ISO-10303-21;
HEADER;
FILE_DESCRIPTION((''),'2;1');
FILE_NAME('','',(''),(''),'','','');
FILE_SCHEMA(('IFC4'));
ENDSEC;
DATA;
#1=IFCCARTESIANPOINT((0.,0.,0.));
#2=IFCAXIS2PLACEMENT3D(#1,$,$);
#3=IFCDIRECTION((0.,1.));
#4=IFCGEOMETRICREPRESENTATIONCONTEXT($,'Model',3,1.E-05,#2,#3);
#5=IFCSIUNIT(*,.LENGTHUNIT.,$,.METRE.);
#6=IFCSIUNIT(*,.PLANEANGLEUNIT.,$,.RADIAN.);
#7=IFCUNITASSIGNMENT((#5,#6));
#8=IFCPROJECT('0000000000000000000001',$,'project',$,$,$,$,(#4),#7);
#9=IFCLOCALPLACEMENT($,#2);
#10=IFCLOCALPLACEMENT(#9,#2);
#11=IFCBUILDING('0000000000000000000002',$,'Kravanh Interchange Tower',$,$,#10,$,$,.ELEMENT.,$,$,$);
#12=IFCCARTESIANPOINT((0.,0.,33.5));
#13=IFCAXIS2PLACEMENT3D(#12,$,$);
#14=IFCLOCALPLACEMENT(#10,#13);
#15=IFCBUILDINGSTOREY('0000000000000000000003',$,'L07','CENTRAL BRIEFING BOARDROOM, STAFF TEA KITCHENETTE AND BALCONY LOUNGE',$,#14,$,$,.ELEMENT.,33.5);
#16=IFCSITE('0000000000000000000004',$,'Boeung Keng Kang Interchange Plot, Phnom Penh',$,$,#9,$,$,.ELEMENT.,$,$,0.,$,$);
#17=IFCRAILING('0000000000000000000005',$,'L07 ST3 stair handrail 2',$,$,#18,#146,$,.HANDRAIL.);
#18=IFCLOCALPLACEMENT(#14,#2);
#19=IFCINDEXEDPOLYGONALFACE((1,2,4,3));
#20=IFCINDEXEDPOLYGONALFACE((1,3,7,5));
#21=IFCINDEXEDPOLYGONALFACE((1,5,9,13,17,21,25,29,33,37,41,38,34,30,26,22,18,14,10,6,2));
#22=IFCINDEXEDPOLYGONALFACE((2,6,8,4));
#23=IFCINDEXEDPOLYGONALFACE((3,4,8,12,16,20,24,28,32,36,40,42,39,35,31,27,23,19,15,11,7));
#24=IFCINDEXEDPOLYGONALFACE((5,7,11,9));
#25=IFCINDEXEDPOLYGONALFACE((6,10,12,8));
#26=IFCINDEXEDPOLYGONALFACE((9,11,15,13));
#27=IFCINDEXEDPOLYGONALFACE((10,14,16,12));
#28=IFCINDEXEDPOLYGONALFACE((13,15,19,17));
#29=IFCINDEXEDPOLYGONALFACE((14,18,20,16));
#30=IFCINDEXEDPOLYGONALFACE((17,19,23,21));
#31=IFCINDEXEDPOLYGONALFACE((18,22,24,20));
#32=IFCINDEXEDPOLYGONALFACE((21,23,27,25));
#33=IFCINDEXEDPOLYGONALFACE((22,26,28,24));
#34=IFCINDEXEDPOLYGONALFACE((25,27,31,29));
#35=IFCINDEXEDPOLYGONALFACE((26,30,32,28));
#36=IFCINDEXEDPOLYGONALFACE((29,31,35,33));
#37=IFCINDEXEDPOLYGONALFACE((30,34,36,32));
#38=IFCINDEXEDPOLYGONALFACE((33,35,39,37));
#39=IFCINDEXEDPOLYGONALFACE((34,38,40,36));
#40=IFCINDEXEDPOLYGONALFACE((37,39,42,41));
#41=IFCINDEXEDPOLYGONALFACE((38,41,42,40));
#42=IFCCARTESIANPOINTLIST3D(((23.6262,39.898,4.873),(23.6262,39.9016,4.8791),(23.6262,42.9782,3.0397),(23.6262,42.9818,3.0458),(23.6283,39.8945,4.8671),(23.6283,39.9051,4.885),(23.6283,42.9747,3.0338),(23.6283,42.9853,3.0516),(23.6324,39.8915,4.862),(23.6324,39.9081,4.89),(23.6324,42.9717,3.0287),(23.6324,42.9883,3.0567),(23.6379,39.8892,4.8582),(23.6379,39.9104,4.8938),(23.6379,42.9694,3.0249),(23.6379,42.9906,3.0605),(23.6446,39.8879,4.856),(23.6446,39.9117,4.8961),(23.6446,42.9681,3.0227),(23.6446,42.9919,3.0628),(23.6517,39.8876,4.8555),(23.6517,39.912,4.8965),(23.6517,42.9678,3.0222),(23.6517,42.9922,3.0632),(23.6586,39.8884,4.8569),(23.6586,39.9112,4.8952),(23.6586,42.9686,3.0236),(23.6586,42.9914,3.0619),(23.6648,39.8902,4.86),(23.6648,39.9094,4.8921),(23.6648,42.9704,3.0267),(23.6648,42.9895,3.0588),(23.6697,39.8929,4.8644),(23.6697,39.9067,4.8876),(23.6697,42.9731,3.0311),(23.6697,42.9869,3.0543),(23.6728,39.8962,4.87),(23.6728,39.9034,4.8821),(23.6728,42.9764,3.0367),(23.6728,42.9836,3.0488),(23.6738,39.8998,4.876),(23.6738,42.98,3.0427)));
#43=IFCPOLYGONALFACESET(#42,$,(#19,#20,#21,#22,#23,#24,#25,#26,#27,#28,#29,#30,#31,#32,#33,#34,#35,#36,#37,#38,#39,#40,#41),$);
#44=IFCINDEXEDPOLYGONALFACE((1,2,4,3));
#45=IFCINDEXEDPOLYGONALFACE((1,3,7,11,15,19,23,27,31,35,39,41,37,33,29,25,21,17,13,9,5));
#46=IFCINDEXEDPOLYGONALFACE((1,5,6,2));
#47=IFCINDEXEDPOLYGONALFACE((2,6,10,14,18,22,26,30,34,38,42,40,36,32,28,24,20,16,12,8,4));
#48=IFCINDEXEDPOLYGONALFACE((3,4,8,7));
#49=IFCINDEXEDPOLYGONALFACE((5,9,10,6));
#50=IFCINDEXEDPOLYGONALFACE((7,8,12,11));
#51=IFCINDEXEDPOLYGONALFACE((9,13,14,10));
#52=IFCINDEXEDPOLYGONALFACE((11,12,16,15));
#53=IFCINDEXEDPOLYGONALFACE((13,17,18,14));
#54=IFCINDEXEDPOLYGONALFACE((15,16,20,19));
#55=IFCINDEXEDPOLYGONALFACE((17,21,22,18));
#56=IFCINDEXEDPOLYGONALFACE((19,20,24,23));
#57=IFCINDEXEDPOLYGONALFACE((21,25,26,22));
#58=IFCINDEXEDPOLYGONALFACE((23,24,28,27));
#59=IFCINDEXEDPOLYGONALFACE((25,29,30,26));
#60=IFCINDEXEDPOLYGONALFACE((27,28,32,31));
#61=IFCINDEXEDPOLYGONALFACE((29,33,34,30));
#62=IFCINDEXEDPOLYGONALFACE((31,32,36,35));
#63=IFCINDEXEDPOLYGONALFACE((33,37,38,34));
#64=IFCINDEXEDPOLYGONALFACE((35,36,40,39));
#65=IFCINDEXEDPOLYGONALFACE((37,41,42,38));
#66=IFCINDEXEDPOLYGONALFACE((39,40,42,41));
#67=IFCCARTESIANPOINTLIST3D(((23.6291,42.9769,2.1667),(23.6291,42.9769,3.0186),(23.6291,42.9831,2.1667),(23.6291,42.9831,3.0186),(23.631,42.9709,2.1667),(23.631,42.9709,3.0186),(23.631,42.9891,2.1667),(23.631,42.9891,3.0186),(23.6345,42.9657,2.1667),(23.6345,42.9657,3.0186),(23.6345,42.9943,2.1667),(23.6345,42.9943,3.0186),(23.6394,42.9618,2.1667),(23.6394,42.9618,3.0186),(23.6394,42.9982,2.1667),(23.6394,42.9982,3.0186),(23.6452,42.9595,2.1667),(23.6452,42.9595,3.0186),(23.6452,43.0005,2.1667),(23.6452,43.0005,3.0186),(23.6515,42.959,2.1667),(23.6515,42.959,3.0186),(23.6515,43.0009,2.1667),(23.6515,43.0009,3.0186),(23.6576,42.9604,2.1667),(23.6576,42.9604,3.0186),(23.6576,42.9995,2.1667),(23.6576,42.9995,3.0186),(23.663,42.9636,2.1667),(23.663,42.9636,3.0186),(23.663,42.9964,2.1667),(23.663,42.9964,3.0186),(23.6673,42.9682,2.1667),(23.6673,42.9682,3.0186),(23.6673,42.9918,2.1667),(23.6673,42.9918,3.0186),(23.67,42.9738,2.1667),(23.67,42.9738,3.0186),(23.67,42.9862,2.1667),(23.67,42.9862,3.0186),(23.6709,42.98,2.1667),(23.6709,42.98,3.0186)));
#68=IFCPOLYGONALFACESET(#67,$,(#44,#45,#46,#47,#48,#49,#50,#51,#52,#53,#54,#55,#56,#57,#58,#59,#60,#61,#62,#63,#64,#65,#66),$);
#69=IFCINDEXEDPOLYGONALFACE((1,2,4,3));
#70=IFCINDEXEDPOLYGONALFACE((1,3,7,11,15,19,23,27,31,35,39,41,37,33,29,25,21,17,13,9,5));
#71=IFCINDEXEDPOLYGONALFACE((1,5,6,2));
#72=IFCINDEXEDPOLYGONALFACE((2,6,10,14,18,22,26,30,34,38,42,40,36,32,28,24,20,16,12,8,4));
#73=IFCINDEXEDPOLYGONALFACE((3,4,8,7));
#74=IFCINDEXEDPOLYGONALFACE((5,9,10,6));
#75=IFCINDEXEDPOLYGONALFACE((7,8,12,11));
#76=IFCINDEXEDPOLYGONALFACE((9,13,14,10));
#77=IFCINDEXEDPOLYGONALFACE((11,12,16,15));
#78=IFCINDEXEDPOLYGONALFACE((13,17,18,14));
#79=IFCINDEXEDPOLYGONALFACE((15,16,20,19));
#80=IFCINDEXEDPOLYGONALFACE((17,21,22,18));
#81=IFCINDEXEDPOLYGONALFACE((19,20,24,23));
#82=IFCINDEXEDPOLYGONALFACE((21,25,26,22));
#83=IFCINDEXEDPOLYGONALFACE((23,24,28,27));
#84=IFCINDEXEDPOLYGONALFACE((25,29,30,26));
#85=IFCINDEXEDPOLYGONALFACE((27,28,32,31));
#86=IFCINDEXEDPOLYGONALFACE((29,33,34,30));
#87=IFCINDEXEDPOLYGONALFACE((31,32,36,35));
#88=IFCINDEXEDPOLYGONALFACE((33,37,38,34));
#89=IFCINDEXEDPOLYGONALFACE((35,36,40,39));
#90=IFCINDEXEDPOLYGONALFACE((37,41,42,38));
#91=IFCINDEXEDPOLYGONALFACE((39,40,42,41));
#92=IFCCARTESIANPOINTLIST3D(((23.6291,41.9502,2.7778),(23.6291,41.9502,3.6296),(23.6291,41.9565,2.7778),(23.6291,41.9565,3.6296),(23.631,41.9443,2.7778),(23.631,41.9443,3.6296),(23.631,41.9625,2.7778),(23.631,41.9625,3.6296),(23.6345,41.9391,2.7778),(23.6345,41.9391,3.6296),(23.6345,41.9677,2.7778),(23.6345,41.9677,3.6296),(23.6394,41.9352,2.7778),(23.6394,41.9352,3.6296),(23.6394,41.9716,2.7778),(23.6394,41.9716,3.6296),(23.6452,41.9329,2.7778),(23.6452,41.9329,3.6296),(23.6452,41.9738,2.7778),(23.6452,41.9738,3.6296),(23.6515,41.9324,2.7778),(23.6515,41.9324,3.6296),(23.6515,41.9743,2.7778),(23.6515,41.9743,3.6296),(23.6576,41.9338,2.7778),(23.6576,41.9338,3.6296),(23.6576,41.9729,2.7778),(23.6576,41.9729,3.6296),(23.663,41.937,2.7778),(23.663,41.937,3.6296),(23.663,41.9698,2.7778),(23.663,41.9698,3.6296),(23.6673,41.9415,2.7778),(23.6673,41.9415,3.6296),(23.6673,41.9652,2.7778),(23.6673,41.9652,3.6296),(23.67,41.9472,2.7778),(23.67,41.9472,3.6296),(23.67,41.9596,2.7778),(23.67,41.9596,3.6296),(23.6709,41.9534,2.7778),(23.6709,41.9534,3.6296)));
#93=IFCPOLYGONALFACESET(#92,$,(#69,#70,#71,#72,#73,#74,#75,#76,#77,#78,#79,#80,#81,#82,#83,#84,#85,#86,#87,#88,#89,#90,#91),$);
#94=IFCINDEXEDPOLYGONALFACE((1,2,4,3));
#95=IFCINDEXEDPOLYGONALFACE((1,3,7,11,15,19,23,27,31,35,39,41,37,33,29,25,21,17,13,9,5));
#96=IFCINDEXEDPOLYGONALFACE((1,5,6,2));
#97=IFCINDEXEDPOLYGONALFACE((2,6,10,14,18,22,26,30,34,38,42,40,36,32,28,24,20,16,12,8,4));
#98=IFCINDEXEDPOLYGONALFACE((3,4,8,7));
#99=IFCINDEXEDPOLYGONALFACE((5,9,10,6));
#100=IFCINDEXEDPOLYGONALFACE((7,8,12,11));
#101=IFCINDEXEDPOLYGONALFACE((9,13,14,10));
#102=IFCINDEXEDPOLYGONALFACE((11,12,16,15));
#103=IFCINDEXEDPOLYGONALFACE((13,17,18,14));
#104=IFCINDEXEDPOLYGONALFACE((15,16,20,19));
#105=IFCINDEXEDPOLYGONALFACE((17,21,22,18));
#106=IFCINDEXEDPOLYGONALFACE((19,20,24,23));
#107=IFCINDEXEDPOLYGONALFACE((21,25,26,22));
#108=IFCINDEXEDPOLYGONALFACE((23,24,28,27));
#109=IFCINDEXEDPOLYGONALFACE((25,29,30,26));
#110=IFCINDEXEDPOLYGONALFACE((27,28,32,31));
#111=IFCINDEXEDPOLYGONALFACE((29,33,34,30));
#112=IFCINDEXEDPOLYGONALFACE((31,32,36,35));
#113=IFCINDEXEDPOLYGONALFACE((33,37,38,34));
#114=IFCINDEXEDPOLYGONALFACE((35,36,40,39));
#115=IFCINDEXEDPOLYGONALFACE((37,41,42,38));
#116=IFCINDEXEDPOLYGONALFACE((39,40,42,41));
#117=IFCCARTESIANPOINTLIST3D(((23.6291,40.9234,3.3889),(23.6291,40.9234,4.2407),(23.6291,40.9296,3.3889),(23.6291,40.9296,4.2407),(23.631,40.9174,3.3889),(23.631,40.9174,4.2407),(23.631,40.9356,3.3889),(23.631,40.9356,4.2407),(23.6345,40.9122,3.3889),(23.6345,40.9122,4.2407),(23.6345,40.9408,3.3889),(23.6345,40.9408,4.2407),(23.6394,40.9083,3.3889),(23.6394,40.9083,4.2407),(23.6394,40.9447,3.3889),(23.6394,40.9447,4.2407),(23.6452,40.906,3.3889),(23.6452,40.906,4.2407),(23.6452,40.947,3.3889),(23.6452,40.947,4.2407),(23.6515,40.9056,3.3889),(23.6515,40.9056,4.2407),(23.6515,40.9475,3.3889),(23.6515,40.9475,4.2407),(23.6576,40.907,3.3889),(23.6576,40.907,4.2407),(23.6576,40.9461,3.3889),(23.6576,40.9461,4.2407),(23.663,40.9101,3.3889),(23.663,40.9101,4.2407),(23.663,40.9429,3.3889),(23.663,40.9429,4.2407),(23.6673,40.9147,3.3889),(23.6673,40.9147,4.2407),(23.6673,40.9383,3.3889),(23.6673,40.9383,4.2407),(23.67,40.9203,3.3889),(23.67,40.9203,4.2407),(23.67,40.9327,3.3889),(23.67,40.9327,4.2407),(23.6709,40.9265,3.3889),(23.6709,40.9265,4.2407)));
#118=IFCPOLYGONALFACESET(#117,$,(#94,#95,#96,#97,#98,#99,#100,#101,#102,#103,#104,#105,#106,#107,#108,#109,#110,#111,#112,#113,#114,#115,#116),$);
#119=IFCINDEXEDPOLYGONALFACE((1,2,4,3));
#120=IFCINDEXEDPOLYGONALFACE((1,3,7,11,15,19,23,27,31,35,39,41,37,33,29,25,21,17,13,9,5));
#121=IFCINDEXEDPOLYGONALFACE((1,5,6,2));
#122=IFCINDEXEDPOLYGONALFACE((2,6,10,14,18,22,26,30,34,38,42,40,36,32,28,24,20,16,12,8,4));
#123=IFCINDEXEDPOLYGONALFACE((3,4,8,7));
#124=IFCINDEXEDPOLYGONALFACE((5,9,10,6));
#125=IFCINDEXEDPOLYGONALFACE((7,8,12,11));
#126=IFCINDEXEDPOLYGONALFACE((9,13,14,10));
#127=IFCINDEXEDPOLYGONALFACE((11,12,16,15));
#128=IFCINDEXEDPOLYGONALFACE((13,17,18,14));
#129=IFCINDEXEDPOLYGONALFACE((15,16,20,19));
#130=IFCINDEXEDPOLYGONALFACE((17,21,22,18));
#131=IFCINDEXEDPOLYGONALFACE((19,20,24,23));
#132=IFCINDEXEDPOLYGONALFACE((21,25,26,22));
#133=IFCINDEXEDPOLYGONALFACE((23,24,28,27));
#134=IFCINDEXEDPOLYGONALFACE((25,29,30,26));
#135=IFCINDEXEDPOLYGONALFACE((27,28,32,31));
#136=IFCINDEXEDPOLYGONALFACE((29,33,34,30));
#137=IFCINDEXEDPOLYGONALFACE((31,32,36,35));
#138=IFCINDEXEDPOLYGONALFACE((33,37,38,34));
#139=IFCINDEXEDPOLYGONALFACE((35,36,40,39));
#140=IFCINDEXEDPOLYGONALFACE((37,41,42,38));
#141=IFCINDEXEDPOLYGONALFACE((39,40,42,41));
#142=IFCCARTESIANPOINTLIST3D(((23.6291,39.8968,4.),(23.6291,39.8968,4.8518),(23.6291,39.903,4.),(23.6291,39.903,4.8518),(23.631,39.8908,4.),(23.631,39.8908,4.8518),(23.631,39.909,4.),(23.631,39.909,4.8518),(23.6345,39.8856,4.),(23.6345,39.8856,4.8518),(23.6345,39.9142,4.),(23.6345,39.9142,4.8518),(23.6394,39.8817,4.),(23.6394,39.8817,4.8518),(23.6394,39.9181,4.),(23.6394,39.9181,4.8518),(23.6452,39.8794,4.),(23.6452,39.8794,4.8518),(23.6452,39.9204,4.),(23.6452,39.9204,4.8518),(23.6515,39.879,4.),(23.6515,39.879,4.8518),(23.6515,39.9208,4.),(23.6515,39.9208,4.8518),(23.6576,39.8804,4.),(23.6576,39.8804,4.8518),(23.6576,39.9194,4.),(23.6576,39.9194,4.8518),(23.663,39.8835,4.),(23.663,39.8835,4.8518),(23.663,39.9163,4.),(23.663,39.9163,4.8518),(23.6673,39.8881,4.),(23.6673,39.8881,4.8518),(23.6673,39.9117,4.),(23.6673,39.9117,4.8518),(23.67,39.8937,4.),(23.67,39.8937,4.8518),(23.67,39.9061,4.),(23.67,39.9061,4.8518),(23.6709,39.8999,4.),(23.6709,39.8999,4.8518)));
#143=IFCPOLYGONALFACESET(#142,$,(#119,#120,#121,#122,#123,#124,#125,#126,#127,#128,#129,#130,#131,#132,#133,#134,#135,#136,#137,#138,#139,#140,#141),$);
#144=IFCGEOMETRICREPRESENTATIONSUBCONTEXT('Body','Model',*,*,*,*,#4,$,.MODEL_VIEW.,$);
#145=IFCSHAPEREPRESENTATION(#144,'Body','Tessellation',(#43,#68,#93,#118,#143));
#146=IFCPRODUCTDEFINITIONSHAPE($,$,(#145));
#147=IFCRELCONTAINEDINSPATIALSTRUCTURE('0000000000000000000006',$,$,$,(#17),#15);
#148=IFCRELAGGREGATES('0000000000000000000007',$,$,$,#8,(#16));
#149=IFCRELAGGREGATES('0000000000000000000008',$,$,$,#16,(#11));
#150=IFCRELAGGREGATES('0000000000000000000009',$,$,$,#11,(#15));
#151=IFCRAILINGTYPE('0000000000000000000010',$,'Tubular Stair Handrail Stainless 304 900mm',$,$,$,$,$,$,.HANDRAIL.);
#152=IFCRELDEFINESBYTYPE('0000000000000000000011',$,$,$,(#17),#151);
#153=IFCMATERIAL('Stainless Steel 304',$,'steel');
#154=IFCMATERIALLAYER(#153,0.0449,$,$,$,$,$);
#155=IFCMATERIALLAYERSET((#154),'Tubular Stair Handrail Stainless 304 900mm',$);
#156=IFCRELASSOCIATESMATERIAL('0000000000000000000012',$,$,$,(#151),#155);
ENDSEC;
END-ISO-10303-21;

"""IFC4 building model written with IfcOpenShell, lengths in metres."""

from ifc_helpers import new_model, si_unit, direction, frame, origin, origin_2d, place, context, subcontext, project, spatial, circle, extrude, material, layer, layer_set, type_object, element, save


model = new_model("IFC4")

# Units and contexts
model_context = context("Model", 3, precision=1e-05, world=origin(), true_north=direction((0.0, 1.0)))
body_context = subcontext(model_context, "Body", "Model", "MODEL_VIEW")
ifc_project = project(units=[si_unit("LENGTHUNIT", "METRE"), si_unit("PLANEANGLEUNIT", "RADIAN")], contexts=[model_context])

# Site, building, storey
site_placement = place(None, origin())
site = spatial("IfcSite", under=ifc_project, at=site_placement, Name="Boeung Keng Kang Interchange Plot, Phnom Penh", CompositionType="ELEMENT", RefElevation=0.0)
building_placement = place(site_placement, origin())
building = spatial("IfcBuilding", under=site, at=building_placement, Name="Kravanh Interchange Tower", CompositionType="ELEMENT")
storey_placement = place(building_placement, frame((0.0, 0.0, 33.5)))
storey = spatial("IfcBuildingStorey", under=building, at=storey_placement, Name="L07", Description="CENTRAL BRIEFING BOARDROOM, STAFF TEA KITCHENETTE AND BALCONY LOUNGE", CompositionType="ELEMENT", Elevation=33.5)

# Railing
ifc_material_1 = material(Name="Stainless Steel 304", Category="steel")
ifc_layer_1 = layer(ifc_material_1, 0.0449)
ifc_layer_set_1 = layer_set([ifc_layer_1], Name="Tubular Stair Handrail Stainless 304 900mm")
railing_type_1 = type_object("IfcRailingType", Name="Tubular Stair Handrail Stainless 304 900mm", PredefinedType="HANDRAIL", material=ifc_layer_set_1)
railing_1_placement = place(storey_placement, frame((23.6499, 42.98, 2.1667)))
element("IfcRailing", 1, at=railing_1_placement, inside=storey, type_object=railing_type_1, Name="L07 ST3 stair handrail 2", PredefinedType="HANDRAIL", context=body_context, shape_type="SweptSolid", body=[
    extrude(circle(Radius=0.0239, at=origin_2d()), frame((0.0, 0.0, 0.876), z_axis=(0.0, -0.859309, 0.511458), x_axis=(1.0, 0.0, 0.0)), (0.0, 0.0, 1.0), 3.5845),
    extrude(circle(Radius=0.021, at=origin_2d()), origin(), (0.0, 0.0, 1.0), 0.8518),
    extrude(circle(Radius=0.021, at=origin_2d()), frame((0.0, -1.0266, 0.6111)), (0.0, 0.0, 1.0), 0.8518),
    extrude(circle(Radius=0.021, at=origin_2d()), frame((0.0, -2.0535, 1.2222)), (0.0, 0.0, 1.0), 0.8518),
    extrude(circle(Radius=0.021, at=origin_2d()), frame((0.0, -3.0801, 1.8333)), (0.0, 0.0, 1.0), 0.8518),
])

save(model, "model.ifc")
